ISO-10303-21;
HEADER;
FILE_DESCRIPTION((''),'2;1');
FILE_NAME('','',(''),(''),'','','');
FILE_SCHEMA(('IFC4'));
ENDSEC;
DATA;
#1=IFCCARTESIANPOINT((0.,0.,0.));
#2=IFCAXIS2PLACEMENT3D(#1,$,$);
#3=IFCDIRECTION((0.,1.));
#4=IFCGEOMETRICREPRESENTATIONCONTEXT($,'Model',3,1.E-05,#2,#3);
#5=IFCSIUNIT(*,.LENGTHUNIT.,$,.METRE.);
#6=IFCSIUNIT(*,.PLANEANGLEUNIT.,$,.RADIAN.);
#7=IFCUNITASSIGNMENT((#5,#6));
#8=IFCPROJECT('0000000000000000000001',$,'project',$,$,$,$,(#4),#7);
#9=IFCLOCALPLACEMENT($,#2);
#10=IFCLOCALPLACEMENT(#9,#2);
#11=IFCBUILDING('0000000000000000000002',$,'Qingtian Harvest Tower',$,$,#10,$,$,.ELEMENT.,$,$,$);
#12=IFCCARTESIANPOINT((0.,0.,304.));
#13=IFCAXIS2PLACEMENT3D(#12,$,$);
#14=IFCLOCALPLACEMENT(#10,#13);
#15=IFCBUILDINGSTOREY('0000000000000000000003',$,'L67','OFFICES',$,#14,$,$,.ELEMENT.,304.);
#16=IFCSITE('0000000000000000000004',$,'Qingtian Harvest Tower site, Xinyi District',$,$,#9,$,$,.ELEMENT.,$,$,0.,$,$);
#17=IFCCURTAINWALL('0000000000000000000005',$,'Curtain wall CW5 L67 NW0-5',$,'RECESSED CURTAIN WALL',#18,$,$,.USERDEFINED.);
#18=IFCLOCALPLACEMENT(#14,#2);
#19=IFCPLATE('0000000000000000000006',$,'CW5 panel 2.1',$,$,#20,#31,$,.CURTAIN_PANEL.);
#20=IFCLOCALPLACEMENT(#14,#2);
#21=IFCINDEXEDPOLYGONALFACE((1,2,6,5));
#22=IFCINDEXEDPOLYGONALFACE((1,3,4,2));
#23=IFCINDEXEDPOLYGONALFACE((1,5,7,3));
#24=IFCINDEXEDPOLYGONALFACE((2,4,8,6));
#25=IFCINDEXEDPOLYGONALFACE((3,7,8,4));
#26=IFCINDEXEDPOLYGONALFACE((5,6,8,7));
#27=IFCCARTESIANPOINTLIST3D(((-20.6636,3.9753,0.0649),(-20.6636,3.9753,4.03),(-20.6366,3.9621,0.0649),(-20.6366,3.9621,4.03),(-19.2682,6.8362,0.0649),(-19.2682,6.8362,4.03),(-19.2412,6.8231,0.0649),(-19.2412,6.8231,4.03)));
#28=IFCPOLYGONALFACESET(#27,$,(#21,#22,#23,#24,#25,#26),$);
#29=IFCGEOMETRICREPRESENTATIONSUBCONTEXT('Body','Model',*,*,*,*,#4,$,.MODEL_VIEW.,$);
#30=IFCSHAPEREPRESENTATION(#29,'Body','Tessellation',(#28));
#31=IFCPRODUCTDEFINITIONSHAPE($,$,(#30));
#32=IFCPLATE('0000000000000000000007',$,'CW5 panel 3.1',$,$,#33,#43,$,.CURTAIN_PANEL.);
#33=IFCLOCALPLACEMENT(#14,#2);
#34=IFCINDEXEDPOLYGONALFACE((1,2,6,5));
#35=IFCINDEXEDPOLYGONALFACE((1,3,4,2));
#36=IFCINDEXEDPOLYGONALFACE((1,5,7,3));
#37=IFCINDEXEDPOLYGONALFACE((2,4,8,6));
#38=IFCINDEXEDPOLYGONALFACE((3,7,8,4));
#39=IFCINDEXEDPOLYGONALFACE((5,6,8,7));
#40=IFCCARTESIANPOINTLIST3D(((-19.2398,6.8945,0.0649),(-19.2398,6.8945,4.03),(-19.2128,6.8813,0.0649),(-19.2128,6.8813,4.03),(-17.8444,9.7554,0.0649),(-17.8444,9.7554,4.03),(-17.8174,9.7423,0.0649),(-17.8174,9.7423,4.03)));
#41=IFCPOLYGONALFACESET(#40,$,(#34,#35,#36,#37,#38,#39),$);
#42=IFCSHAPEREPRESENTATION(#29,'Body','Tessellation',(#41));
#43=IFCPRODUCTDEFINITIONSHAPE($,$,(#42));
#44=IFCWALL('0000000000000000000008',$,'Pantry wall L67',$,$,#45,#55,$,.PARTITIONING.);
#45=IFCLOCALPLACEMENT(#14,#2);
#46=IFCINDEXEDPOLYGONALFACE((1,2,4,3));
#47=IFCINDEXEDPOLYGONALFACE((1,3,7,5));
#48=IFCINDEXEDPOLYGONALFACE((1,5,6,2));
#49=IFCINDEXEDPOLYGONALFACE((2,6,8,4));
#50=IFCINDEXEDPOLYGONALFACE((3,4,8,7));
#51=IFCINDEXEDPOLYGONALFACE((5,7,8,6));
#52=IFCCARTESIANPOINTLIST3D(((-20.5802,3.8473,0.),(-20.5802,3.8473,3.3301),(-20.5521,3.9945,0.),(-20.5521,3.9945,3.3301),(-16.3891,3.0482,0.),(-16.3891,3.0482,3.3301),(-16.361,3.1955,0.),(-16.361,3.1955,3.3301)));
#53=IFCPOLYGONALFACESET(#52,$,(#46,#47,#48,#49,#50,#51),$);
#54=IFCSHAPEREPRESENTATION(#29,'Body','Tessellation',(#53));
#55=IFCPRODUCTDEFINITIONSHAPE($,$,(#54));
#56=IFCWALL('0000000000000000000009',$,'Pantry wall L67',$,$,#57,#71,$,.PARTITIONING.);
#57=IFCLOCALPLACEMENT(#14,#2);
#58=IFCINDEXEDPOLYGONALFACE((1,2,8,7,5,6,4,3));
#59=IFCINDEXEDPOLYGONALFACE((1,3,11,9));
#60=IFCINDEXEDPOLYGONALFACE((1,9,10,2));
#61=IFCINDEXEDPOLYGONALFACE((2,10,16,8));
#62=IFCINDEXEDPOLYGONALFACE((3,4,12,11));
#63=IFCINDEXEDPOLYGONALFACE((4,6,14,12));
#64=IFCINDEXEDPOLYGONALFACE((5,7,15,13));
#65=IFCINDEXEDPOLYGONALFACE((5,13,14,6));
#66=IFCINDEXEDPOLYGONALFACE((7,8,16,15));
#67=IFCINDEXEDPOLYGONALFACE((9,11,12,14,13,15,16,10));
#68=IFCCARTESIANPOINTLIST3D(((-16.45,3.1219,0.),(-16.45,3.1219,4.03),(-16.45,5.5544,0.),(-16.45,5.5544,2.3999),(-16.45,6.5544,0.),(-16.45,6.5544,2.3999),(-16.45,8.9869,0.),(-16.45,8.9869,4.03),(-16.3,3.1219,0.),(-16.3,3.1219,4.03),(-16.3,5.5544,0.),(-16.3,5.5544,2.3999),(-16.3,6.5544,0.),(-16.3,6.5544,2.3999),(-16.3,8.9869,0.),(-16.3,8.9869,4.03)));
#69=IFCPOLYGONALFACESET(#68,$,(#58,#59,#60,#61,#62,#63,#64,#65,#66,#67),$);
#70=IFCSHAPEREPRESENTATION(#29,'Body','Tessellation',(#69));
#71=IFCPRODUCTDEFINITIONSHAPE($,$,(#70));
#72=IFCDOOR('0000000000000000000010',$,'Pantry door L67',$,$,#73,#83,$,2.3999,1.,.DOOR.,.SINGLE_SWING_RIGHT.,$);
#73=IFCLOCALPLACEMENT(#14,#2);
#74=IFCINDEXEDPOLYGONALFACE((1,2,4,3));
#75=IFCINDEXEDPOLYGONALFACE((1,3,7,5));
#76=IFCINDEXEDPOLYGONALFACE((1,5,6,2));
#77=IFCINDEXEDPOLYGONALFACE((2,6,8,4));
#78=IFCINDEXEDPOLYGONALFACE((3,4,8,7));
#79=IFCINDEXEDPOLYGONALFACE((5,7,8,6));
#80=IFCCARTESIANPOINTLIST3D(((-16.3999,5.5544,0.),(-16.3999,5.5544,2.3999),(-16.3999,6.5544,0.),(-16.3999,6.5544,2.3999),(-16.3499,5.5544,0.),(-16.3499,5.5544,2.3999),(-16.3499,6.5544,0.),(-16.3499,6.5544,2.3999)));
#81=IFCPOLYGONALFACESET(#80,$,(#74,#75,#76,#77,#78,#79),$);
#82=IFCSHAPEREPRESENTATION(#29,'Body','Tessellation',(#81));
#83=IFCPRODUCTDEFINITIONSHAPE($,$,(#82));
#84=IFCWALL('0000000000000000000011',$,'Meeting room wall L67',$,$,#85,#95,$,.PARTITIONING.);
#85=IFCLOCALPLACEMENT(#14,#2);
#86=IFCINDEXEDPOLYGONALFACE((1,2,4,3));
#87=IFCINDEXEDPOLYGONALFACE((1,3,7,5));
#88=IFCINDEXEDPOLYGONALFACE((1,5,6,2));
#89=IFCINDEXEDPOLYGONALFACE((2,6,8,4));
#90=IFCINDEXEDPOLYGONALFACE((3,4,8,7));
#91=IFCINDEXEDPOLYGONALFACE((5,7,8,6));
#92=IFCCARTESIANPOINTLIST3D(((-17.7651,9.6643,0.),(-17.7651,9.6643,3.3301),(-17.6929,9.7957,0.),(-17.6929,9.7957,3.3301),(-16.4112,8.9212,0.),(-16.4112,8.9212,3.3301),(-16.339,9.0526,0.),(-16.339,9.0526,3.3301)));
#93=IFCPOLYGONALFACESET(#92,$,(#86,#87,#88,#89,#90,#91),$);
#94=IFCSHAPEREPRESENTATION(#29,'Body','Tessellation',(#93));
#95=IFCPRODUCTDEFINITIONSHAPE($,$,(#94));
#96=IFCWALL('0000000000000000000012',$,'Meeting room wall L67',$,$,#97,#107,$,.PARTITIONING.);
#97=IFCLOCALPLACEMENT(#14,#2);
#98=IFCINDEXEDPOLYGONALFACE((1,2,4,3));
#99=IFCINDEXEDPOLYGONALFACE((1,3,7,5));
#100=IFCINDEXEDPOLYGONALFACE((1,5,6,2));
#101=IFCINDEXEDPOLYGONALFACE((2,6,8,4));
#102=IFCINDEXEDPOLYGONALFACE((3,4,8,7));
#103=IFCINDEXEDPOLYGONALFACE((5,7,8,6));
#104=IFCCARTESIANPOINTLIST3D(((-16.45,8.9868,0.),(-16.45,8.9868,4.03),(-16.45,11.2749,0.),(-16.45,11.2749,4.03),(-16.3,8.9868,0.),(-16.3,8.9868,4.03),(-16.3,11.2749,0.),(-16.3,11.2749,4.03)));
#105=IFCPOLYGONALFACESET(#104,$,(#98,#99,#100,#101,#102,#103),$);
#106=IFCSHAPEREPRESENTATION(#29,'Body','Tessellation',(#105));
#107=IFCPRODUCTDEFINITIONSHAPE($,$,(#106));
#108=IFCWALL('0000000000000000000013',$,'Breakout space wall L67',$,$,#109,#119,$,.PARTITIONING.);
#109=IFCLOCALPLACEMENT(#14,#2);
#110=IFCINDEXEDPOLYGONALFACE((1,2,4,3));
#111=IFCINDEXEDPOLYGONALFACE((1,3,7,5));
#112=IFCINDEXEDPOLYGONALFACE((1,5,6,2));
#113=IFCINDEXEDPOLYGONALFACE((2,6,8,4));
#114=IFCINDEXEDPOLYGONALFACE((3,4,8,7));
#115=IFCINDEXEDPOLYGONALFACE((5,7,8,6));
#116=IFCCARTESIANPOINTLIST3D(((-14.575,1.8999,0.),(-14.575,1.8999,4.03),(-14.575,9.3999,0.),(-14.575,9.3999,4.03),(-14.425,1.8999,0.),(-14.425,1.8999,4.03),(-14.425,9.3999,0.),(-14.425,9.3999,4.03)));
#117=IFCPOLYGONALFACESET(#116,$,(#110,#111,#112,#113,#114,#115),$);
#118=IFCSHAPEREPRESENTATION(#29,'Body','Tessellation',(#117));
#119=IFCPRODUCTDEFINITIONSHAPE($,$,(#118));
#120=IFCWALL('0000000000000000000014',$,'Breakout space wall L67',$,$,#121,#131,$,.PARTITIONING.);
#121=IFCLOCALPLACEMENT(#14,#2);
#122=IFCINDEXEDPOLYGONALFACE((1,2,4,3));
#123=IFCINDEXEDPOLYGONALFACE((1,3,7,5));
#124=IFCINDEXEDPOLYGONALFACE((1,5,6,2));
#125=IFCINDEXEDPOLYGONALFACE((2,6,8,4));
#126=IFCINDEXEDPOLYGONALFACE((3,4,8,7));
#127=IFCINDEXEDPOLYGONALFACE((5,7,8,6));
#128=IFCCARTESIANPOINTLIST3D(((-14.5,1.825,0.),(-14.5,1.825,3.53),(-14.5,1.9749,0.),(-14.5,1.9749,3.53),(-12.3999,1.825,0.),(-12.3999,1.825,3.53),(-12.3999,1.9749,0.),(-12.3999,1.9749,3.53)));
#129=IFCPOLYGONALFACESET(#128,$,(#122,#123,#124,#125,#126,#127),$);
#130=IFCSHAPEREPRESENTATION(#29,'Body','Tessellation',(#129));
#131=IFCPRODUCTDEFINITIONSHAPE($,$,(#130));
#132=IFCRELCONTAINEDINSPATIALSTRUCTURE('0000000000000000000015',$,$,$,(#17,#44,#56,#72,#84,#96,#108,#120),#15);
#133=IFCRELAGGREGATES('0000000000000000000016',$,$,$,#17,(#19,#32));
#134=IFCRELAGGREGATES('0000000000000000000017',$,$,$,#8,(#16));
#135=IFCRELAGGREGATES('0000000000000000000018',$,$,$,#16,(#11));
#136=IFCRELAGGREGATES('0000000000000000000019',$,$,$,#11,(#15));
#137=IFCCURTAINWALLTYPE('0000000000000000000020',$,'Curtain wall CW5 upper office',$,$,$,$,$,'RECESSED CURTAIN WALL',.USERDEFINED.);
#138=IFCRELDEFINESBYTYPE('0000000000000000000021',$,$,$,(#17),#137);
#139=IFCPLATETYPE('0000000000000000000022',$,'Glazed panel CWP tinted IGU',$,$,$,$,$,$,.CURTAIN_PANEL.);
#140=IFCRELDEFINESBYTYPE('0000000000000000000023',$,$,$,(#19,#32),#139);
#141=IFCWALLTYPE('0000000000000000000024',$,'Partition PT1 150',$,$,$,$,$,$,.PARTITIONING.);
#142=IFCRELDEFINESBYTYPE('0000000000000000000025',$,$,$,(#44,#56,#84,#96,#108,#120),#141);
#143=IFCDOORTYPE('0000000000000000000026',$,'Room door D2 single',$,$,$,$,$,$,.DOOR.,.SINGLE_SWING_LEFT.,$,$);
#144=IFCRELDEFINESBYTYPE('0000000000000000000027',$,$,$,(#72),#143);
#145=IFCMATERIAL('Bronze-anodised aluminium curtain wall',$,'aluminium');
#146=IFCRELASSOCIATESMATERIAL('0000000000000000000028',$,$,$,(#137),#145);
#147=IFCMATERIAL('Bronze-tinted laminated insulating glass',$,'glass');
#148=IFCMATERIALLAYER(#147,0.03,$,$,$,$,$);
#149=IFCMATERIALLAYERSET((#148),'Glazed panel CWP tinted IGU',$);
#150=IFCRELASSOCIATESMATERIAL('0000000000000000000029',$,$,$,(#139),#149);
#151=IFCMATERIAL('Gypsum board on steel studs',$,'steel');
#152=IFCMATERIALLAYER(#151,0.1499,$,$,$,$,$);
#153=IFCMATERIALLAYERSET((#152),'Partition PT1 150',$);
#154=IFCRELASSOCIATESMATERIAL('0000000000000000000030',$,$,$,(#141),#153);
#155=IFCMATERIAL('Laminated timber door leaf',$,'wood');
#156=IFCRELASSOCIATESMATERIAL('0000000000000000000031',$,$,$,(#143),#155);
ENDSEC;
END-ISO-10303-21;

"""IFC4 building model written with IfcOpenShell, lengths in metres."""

from ifc_helpers import new_model, si_unit, direction, frame, frame_2d, origin, origin_2d, place, context, subcontext, project, spatial, rectangle, extrude, material, layer, layer_set, type_object, element, fill, aggregate, save


model = new_model("IFC4")

# Units and contexts
model_context = context("Model", 3, precision=1e-05, world=origin(), true_north=direction((0.0, 1.0)))
body_context = subcontext(model_context, "Body", "Model", "MODEL_VIEW")
ifc_project = project(units=[si_unit("LENGTHUNIT", "METRE"), si_unit("PLANEANGLEUNIT", "RADIAN")], contexts=[model_context])

# Site, building, storey
site_placement = place(None, origin())
site = spatial("IfcSite", under=ifc_project, at=site_placement, Name="Qingtian Harvest Tower site, Xinyi District", CompositionType="ELEMENT", RefElevation=0.0)
building_placement = place(site_placement, origin())
building = spatial("IfcBuilding", under=site, at=building_placement, Name="Qingtian Harvest Tower", CompositionType="ELEMENT")
storey_placement = place(building_placement, frame((0.0, 0.0, 304.0)))
storey = spatial("IfcBuildingStorey", under=building, at=storey_placement, Name="L67", Description="OFFICES", CompositionType="ELEMENT", Elevation=304.0)

# Shared definitions
ifc_material_1 = material(Name="Bronze-anodised aluminium curtain wall", Category="aluminium")
curtain_wall_type = type_object("IfcCurtainWallType", Name="Curtain wall CW5 upper office", ElementType="RECESSED CURTAIN WALL", PredefinedType="USERDEFINED", material=ifc_material_1)

# Curtain wall
curtain_wall_1_placement = place(storey_placement, origin())
curtain_wall_1 = element("IfcCurtainWall", 1, at=curtain_wall_1_placement, inside=storey, type_object=curtain_wall_type, Name="Curtain wall CW5 L67 NW0-5", ObjectType="RECESSED CURTAIN WALL", PredefinedType="USERDEFINED")

# Plates
ifc_material_2 = material(Name="Bronze-tinted laminated insulating glass", Category="glass")
ifc_layer_1 = layer(ifc_material_2, 0.03)
ifc_layer_set_1 = layer_set([ifc_layer_1], Name="Glazed panel CWP tinted IGU")
plate_type = type_object("IfcPlateType", Name="Glazed panel CWP tinted IGU", PredefinedType="CURTAIN_PANEL", material=ifc_layer_set_1)
plate_1_placement = place(storey_placement, frame((-19.9524, 5.3992, 0.0649), z_axis=(0.0, 0.0, 1.0), x_axis=(0.438371, 0.898794, 0.0)))
plate_1 = element("IfcPlate", 2, at=plate_1_placement, type_object=plate_type, Name="CW5 panel 2.1", PredefinedType="CURTAIN_PANEL", context=body_context, shape_type="SweptSolid", body=[
    extrude(rectangle(XDim=3.1831, YDim=0.03, at=origin_2d()), origin(), (0.0, 0.0, 1.0), 3.9651),
])
plate_2_placement = place(storey_placement, frame((-18.5286, 8.3184, 0.0649), z_axis=(0.0, 0.0, 1.0), x_axis=(0.438371, 0.898794, 0.0)))
plate_2 = element("IfcPlate", 3, at=plate_2_placement, type_object=plate_type, Name="CW5 panel 3.1", PredefinedType="CURTAIN_PANEL", context=body_context, shape_type="SweptSolid", body=[
    extrude(rectangle(XDim=3.1831, YDim=0.03, at=origin_2d()), origin(), (0.0, 0.0, 1.0), 3.9651),
])
aggregate(curtain_wall_1, [plate_1, plate_2])

# Wall
ifc_material_3 = material(Name="Gypsum board on steel studs", Category="steel")
ifc_layer_2 = layer(ifc_material_3, 0.1499)
ifc_layer_set_2 = layer_set([ifc_layer_2], Name="Partition PT1 150")
wall_type = type_object("IfcWallType", Name="Partition PT1 150", PredefinedType="PARTITIONING", material=ifc_layer_set_2)
wall_1_placement = place(storey_placement, frame((-20.5662, 3.9209, 0.0), z_axis=(0.0, 0.0, 1.0), x_axis=(0.982306, -0.187283, 0.0)))
element("IfcWall", 4, at=wall_1_placement, inside=storey, type_object=wall_type, Name="Pantry wall L67", PredefinedType="PARTITIONING", context=body_context, shape_type="SweptSolid", body=[
    extrude(rectangle(XDim=4.2666, YDim=0.1499, at=frame_2d((2.1333, 0.0))), origin(), (0.0, 0.0, 1.0), 3.3301),
])

# Wall, opening, door
wall_2_placement = place(storey_placement, frame((-16.375, 3.1218, 0.0), z_axis=(0.0, 0.0, 1.0), x_axis=(0.0, 1.0, 0.0)))
wall_2 = element("IfcWall", 5, at=wall_2_placement, inside=storey, type_object=wall_type, Name="Pantry wall L67", PredefinedType="PARTITIONING", context=body_context, shape_type="SweptSolid", body=[
    extrude(rectangle(XDim=5.865, YDim=0.1499, at=frame_2d((2.9326, 0.0))), origin(), (0.0, 0.0, 1.0), 4.03),
])
opening_placement = place(wall_2_placement, frame((2.4326, 0.0, 0.0)))
opening = element("IfcOpeningElement", 6, at=opening_placement, cuts=wall_2, PredefinedType="OPENING", context=body_context, shape_type="SweptSolid", body=[
    extrude(rectangle(XDim=1.0, YDim=2.3999, at=frame_2d((0.5, 1.2))), frame((0.0, 0.085, 0.0), z_axis=(0.0, -1.0, 0.0), x_axis=(1.0, 0.0, 0.0)), (0.0, 0.0, 1.0), 0.1699),
])
ifc_material_4 = material(Name="Laminated timber door leaf", Category="wood")
door_type = type_object("IfcDoorType", Name="Room door D2 single", OperationType="SINGLE_SWING_LEFT", PredefinedType="DOOR", material=ifc_material_4)
door_placement = place(opening_placement, origin())
door = element("IfcDoor", 7, at=door_placement, inside=storey, type_object=door_type, Name="Pantry door L67", OperationType="SINGLE_SWING_RIGHT", OverallHeight=2.3999, OverallWidth=1.0, PredefinedType="DOOR", context=body_context, shape_type="SweptSolid", body=[
    extrude(rectangle(XDim=1.0, YDim=2.3999, at=frame_2d((0.5, 1.2))), frame((0.0, 0.0249, 0.0), z_axis=(0.0, -1.0, 0.0), x_axis=(1.0, 0.0, 0.0)), (0.0, 0.0, 1.0), 0.05),
])
fill(opening, door)

# Walls
wall_3_placement = place(storey_placement, frame((-17.729, 9.73, 0.0), z_axis=(0.0, 0.0, 1.0), x_axis=(0.876636, -0.481154, 0.0)))
element("IfcWall", 8, at=wall_3_placement, inside=storey, type_object=wall_type, Name="Meeting room wall L67", PredefinedType="PARTITIONING", context=body_context, shape_type="SweptSolid", body=[
    extrude(rectangle(XDim=1.5444, YDim=0.1499, at=frame_2d((0.7722, 0.0))), origin(), (0.0, 0.0, 1.0), 3.3301),
])
wall_4_placement = place(storey_placement, frame((-16.375, 8.9868, 0.0), z_axis=(0.0, 0.0, 1.0), x_axis=(0.0, 1.0, 0.0)))
element("IfcWall", 9, at=wall_4_placement, inside=storey, type_object=wall_type, Name="Meeting room wall L67", PredefinedType="PARTITIONING", context=body_context, shape_type="SweptSolid", body=[
    extrude(rectangle(XDim=2.2881, YDim=0.1499, at=frame_2d((1.144, 0.0))), origin(), (0.0, 0.0, 1.0), 4.03),
])
wall_5_placement = place(storey_placement, frame((-14.5, 1.8999, 0.0), z_axis=(0.0, 0.0, 1.0), x_axis=(0.0, 1.0, 0.0)))
element("IfcWall", 10, at=wall_5_placement, inside=storey, type_object=wall_type, Name="Breakout space wall L67", PredefinedType="PARTITIONING", context=body_context, shape_type="SweptSolid", body=[
    extrude(rectangle(XDim=7.5, YDim=0.1499, at=frame_2d((3.75, 0.0))), origin(), (0.0, 0.0, 1.0), 4.03),
])
wall_6_placement = place(storey_placement, frame((-12.3999, 1.8999, 0.0), z_axis=(0.0, 0.0, 1.0), x_axis=(-1.0, 0.0, 0.0)))
element("IfcWall", 11, at=wall_6_placement, inside=storey, type_object=wall_type, Name="Breakout space wall L67", PredefinedType="PARTITIONING", context=body_context, shape_type="SweptSolid", body=[
    extrude(rectangle(XDim=2.1001, YDim=0.1499, at=frame_2d((1.05, 0.0))), origin(), (0.0, 0.0, 1.0), 3.53),
])

save(model, "model.ifc")
